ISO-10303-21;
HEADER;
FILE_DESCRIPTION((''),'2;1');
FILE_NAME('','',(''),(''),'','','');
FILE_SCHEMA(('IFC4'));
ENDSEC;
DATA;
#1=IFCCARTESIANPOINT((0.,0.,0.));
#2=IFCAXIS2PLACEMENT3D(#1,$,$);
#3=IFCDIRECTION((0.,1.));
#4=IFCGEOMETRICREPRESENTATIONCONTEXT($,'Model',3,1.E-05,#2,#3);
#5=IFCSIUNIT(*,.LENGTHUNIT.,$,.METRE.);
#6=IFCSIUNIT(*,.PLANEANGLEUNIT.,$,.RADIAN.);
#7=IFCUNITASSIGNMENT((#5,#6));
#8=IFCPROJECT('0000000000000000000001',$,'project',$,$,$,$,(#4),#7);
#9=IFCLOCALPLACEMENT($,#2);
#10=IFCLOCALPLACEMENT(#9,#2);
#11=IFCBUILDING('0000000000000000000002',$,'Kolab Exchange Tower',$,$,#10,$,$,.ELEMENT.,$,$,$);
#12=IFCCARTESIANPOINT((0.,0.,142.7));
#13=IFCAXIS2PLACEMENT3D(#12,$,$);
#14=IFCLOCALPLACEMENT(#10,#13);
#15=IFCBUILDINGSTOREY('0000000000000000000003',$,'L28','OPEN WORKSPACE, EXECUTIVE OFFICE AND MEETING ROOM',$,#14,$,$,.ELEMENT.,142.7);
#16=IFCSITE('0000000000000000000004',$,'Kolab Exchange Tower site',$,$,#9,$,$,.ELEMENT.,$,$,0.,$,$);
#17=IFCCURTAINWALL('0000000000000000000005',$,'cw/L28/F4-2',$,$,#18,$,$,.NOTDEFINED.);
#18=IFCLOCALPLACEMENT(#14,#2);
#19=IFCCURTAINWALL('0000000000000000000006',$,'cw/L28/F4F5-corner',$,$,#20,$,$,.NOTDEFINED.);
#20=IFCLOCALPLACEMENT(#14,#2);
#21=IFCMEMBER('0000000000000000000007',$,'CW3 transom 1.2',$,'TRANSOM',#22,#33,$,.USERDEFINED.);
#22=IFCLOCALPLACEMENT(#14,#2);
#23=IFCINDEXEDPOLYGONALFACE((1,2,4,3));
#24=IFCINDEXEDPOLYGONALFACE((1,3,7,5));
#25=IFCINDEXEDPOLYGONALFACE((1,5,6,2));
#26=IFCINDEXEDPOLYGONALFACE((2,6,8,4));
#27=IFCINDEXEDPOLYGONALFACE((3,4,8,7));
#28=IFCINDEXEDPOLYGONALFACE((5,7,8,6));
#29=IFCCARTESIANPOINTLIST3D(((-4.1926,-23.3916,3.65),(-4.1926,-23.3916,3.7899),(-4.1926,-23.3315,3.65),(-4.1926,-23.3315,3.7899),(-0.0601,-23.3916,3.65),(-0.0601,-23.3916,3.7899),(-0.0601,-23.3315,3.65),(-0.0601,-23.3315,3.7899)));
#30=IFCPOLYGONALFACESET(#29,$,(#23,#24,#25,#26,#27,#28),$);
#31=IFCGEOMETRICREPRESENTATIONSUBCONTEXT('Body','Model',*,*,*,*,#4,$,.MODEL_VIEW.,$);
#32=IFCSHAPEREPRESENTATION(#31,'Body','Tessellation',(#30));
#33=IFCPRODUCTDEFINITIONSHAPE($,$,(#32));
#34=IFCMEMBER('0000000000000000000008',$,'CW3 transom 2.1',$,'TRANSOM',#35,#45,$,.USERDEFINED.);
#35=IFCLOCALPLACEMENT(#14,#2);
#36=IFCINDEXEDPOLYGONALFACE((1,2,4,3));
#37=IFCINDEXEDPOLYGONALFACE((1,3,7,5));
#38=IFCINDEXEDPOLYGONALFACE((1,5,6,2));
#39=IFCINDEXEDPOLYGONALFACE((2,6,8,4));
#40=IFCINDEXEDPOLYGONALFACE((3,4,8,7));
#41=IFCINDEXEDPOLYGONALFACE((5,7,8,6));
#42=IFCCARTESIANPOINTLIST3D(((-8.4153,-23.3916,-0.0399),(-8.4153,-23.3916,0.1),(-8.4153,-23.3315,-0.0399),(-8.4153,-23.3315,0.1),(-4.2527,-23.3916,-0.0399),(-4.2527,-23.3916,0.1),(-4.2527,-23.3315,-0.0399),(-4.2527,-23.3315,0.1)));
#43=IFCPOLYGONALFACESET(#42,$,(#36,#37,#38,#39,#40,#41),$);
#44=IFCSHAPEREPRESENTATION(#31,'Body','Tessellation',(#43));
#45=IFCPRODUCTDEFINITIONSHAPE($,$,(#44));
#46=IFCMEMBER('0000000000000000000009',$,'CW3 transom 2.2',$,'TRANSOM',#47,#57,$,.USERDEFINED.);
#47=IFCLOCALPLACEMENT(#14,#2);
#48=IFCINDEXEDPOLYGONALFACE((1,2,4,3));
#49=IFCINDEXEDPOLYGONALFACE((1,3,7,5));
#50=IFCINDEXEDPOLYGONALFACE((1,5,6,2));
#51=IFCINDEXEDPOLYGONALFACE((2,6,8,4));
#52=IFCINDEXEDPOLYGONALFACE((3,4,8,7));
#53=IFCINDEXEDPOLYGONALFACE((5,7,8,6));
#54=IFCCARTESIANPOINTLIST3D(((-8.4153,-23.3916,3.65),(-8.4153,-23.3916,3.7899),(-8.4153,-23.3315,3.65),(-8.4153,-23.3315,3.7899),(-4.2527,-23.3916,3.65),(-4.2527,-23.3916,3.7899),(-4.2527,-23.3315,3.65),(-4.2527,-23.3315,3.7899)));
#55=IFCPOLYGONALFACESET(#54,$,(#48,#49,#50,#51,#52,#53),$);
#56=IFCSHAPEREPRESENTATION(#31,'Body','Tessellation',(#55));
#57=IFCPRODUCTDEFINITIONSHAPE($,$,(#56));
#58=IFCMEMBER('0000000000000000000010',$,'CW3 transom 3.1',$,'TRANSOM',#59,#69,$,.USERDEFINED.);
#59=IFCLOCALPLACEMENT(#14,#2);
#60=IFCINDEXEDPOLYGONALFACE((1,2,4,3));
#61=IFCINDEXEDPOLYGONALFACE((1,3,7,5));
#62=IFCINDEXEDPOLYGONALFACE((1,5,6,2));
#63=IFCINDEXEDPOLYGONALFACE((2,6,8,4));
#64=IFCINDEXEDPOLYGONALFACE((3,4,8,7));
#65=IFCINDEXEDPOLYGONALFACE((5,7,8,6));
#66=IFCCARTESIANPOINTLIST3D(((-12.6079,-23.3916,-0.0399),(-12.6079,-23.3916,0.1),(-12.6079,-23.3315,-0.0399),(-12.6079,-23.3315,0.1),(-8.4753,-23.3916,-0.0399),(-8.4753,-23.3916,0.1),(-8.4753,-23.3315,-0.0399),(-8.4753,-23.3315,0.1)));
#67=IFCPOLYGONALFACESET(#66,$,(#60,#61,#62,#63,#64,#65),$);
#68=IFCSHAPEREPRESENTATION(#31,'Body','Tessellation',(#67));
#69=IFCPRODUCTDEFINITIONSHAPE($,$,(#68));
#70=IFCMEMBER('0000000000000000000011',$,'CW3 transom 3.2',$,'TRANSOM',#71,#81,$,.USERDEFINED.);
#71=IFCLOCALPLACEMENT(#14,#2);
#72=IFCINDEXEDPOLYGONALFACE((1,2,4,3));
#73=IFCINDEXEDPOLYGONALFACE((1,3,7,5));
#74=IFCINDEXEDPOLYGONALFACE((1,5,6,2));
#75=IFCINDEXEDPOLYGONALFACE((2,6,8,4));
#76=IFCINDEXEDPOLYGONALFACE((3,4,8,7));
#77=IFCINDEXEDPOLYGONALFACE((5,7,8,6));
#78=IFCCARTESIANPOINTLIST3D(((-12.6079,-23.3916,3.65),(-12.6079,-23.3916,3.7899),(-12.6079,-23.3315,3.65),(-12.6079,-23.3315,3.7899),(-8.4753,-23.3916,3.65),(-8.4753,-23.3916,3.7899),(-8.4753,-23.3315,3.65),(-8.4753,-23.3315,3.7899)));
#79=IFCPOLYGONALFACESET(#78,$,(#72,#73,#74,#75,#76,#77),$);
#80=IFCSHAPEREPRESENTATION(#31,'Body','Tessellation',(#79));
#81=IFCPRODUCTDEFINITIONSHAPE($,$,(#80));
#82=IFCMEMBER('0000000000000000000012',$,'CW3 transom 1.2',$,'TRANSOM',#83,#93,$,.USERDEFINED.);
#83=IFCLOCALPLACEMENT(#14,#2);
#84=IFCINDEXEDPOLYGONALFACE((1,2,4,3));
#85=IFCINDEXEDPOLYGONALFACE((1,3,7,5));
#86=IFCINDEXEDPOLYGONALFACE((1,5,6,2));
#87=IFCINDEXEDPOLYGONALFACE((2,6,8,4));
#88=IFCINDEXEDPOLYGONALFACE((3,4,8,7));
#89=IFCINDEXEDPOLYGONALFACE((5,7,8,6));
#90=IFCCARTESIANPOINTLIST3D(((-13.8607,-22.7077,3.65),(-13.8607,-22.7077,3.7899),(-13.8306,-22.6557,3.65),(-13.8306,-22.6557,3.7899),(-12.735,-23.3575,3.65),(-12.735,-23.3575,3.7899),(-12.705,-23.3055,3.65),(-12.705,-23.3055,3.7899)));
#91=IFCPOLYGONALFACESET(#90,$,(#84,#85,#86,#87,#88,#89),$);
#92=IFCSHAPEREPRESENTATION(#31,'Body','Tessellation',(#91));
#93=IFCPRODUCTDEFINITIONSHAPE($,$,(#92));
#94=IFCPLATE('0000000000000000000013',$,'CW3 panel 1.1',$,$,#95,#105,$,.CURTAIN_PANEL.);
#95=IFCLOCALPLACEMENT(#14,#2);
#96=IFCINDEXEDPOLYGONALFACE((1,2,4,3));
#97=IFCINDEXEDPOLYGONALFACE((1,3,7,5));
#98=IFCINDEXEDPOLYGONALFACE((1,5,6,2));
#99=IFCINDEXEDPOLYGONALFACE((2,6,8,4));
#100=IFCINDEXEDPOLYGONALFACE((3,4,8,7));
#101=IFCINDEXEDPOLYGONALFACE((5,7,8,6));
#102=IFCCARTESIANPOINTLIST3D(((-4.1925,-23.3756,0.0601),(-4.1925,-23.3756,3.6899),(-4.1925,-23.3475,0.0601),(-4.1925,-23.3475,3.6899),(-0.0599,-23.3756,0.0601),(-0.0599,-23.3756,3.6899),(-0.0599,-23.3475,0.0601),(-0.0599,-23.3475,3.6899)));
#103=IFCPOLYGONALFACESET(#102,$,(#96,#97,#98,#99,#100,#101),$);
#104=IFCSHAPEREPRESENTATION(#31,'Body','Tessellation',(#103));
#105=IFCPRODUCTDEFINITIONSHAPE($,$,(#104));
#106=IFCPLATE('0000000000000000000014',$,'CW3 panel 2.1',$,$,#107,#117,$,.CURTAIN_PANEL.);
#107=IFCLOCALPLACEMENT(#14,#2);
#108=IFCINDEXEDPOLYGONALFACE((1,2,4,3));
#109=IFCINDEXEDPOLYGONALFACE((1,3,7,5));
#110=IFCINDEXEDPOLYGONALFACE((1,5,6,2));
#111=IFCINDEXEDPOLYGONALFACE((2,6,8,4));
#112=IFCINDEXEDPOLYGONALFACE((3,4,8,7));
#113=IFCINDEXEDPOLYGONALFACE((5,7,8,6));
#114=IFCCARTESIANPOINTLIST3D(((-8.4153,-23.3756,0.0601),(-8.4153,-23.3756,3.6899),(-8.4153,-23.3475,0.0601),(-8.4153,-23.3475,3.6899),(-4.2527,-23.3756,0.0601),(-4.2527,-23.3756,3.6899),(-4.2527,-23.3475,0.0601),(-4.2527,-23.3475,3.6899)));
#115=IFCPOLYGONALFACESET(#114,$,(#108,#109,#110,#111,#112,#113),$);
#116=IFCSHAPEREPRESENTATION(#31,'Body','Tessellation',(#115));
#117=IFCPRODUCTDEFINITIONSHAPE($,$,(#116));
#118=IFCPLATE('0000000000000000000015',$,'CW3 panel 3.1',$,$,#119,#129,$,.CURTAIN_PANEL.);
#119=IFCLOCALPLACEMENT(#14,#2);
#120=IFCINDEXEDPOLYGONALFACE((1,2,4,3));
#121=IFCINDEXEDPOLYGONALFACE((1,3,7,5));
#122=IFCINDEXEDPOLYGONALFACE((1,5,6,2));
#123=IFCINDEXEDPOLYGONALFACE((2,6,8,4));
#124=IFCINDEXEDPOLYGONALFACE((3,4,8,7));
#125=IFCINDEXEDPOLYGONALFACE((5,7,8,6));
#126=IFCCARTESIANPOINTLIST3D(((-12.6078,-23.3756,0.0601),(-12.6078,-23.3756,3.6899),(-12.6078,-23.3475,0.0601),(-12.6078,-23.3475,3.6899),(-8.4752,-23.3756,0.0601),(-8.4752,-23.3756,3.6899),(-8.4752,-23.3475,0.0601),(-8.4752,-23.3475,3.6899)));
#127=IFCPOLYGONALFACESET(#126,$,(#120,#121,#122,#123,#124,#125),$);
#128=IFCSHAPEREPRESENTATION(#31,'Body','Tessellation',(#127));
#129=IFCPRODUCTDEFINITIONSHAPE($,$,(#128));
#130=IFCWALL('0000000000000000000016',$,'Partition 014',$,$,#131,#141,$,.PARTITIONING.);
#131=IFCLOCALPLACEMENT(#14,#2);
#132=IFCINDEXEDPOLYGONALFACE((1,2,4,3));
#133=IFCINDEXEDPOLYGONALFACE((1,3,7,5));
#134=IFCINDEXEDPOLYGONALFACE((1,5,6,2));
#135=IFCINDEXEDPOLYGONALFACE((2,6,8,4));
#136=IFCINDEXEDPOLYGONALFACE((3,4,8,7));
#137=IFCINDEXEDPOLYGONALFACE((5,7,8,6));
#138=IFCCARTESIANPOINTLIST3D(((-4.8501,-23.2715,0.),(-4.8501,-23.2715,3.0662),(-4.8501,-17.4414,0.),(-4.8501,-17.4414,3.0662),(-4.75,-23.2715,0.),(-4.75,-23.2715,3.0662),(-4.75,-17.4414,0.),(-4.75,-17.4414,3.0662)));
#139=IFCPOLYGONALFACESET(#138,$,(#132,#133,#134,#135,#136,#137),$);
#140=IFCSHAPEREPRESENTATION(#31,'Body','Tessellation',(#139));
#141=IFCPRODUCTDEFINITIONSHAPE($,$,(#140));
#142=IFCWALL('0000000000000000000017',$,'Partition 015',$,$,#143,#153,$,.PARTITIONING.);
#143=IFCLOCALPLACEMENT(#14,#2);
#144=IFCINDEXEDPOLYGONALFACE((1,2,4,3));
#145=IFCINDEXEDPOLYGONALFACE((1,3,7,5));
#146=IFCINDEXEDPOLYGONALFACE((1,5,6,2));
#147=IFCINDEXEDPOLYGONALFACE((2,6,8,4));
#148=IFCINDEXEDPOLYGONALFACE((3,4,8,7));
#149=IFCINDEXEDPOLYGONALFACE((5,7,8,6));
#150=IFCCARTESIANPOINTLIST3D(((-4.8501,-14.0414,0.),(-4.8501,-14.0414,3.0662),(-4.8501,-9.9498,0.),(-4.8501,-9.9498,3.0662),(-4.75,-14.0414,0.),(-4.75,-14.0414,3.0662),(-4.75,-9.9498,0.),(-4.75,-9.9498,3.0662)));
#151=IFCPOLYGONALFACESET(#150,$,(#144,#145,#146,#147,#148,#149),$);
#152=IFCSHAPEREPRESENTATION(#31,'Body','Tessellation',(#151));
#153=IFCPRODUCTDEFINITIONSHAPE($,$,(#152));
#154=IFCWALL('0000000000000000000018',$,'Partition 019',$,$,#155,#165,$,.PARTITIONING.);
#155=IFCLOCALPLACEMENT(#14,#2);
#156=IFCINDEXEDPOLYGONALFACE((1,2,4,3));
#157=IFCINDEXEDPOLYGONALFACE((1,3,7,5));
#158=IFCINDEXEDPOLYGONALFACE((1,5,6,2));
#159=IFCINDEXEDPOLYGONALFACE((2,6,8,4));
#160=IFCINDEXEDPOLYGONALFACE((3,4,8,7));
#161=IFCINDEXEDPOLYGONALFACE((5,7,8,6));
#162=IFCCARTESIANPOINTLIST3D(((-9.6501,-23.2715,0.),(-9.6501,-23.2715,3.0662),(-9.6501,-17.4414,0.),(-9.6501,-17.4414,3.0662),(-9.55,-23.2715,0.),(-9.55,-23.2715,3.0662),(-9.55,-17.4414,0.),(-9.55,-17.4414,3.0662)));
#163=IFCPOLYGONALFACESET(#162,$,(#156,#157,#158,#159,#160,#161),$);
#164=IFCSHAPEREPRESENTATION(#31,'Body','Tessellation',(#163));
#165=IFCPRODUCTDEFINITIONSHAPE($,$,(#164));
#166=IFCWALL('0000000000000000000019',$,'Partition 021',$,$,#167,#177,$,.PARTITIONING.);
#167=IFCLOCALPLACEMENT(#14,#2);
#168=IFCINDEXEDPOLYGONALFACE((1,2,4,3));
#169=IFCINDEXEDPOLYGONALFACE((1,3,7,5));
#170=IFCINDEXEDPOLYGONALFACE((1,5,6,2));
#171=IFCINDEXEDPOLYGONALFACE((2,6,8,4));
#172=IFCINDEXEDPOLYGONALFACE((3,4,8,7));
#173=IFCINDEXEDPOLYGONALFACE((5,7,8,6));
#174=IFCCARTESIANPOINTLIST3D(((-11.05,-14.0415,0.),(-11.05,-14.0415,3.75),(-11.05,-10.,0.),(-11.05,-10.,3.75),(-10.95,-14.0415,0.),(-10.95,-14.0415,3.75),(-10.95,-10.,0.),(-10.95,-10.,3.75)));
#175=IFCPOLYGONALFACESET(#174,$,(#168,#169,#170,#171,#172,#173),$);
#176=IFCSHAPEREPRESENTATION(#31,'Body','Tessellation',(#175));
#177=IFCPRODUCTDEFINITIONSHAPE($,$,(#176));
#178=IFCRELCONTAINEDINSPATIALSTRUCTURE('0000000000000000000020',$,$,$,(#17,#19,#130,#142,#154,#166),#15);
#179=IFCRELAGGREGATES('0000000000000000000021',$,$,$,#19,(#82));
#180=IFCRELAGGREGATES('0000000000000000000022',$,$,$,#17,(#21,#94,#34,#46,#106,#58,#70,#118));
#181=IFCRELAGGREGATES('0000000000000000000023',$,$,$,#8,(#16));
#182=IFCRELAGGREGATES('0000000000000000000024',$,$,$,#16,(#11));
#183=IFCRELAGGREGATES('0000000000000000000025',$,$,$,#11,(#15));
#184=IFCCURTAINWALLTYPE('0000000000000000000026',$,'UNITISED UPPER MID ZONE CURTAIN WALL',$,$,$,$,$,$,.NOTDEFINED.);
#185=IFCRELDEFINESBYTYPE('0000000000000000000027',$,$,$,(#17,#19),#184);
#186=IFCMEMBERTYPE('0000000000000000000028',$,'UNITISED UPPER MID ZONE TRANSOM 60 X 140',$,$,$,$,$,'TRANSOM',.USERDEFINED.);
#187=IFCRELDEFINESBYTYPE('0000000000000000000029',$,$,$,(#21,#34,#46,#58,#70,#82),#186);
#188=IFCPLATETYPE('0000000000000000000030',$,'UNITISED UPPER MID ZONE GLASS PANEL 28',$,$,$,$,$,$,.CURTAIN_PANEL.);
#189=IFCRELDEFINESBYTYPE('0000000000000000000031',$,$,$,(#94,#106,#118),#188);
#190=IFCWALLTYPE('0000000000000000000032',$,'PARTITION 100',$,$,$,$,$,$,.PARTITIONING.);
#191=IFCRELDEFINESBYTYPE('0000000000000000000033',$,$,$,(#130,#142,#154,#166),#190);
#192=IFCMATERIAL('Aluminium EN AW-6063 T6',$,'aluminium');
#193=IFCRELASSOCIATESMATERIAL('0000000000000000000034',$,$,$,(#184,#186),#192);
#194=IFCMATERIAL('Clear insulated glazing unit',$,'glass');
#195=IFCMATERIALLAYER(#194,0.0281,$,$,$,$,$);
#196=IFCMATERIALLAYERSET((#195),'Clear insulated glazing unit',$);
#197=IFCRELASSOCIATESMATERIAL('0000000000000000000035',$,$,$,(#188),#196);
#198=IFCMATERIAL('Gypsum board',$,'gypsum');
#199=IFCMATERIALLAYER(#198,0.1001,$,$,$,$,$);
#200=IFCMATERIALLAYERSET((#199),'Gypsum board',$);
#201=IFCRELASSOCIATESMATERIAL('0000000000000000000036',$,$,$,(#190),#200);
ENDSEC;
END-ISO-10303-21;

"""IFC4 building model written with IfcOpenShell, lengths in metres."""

from ifc_helpers import new_model, si_unit, direction, frame, frame_2d, origin, origin_2d, place, context, subcontext, project, spatial, rectangle, extrude, material, layer, layer_set, material_profile, profile_set, type_object, element, aggregate, save


model = new_model("IFC4")

# Units and contexts
model_context = context("Model", 3, precision=1e-05, world=origin(), true_north=direction((0.0, 1.0)))
body_context = subcontext(model_context, "Body", "Model", "MODEL_VIEW")
ifc_project = project(units=[si_unit("LENGTHUNIT", "METRE"), si_unit("PLANEANGLEUNIT", "RADIAN")], contexts=[model_context])

# Site, building, storey
site_placement = place(None, origin())
site = spatial("IfcSite", under=ifc_project, at=site_placement, Name="Kolab Exchange Tower site", CompositionType="ELEMENT", RefElevation=0.0)
building_placement = place(site_placement, origin())
building = spatial("IfcBuilding", under=site, at=building_placement, Name="Kolab Exchange Tower", CompositionType="ELEMENT")
storey_placement = place(building_placement, frame((0.0, 0.0, 142.7)))
storey = spatial("IfcBuildingStorey", under=building, at=storey_placement, Name="L28", Description="OPEN WORKSPACE, EXECUTIVE OFFICE AND MEETING ROOM", CompositionType="ELEMENT", Elevation=142.7)

# Curtain wall
ifc_material_1 = material(Name="Aluminium EN AW-6063 T6", Category="aluminium")
curtain_wall_type = type_object("IfcCurtainWallType", Name="UNITISED UPPER MID ZONE CURTAIN WALL", PredefinedType="NOTDEFINED", material=ifc_material_1)
curtain_wall_1_placement = place(storey_placement, origin())
curtain_wall_1 = element("IfcCurtainWall", 1, at=curtain_wall_1_placement, inside=storey, type_object=curtain_wall_type, Name="cw/L28/F4-2", PredefinedType="NOTDEFINED")

# Curtain wall
curtain_wall_2_placement = place(storey_placement, origin())
curtain_wall_2 = element("IfcCurtainWall", 2, at=curtain_wall_2_placement, inside=storey, type_object=curtain_wall_type, Name="cw/L28/F4F5-corner", PredefinedType="NOTDEFINED")

# Members
ifc_material_profile_1 = material_profile(ifc_material_1, rectangle(XDim=0.0601, YDim=0.1399, at=origin_2d()), Name="RECT 60X140")
ifc_profile_set_1 = profile_set([ifc_material_profile_1], Name="Aluminium EN AW-6063 T6")
member_type_1 = type_object("IfcMemberType", Name="UNITISED UPPER MID ZONE TRANSOM 60 X 140", ElementType="TRANSOM", PredefinedType="USERDEFINED", material=ifc_profile_set_1)
member_1_placement = place(storey_placement, frame((-0.0601, -23.3616, 3.72), z_axis=(-1.0, 0.0, 0.0), x_axis=(0.0, -1.0, 0.0)))
member_1 = element("IfcMember", 3, at=member_1_placement, type_object=member_type_1, Name="CW3 transom 1.2", ObjectType="TRANSOM", PredefinedType="USERDEFINED", context=body_context, shape_type="SweptSolid", body=[
    extrude(rectangle(XDim=0.0601, YDim=0.1399, at=origin_2d()), origin(), (0.0, 0.0, 1.0), 4.1326),
])
member_2_placement = place(storey_placement, frame((-4.2527, -23.3616, 0.03), z_axis=(-1.0, 0.0, 0.0), x_axis=(0.0, -1.0, 0.0)))
member_2 = element("IfcMember", 4, at=member_2_placement, type_object=member_type_1, Name="CW3 transom 2.1", ObjectType="TRANSOM", PredefinedType="USERDEFINED", context=body_context, shape_type="SweptSolid", body=[
    extrude(rectangle(XDim=0.0601, YDim=0.1399, at=origin_2d()), origin(), (0.0, 0.0, 1.0), 4.1626),
])
member_3_placement = place(storey_placement, frame((-4.2527, -23.3616, 3.72), z_axis=(-1.0, 0.0, 0.0), x_axis=(0.0, -1.0, 0.0)))
member_3 = element("IfcMember", 5, at=member_3_placement, type_object=member_type_1, Name="CW3 transom 2.2", ObjectType="TRANSOM", PredefinedType="USERDEFINED", context=body_context, shape_type="SweptSolid", body=[
    extrude(rectangle(XDim=0.0601, YDim=0.1399, at=origin_2d()), origin(), (0.0, 0.0, 1.0), 4.1626),
])
member_4_placement = place(storey_placement, frame((-8.4753, -23.3616, 0.03), z_axis=(-1.0, 0.0, 0.0), x_axis=(0.0, -1.0, 0.0)))
member_4 = element("IfcMember", 6, at=member_4_placement, type_object=member_type_1, Name="CW3 transom 3.1", ObjectType="TRANSOM", PredefinedType="USERDEFINED", context=body_context, shape_type="SweptSolid", body=[
    extrude(rectangle(XDim=0.0601, YDim=0.1399, at=origin_2d()), origin(), (0.0, 0.0, 1.0), 4.1326),
])
member_5_placement = place(storey_placement, frame((-8.4753, -23.3616, 3.72), z_axis=(-1.0, 0.0, 0.0), x_axis=(0.0, -1.0, 0.0)))
member_5 = element("IfcMember", 7, at=member_5_placement, type_object=member_type_1, Name="CW3 transom 3.2", ObjectType="TRANSOM", PredefinedType="USERDEFINED", context=body_context, shape_type="SweptSolid", body=[
    extrude(rectangle(XDim=0.0601, YDim=0.1399, at=origin_2d()), origin(), (0.0, 0.0, 1.0), 4.1326),
])
member_6_placement = place(storey_placement, frame((-12.72, -23.3315, 3.72), z_axis=(-0.866039, 0.499977, 0.0), x_axis=(-0.499977, -0.866039, 0.0)))
member_6 = element("IfcMember", 8, at=member_6_placement, type_object=member_type_1, Name="CW3 transom 1.2", ObjectType="TRANSOM", PredefinedType="USERDEFINED", context=body_context, shape_type="SweptSolid", body=[
    extrude(rectangle(XDim=0.0601, YDim=0.1399, at=origin_2d()), origin(), (0.0, 0.0, 1.0), 1.2998),
])
aggregate(curtain_wall_2, [member_6])

# Plates
ifc_material_2 = material(Name="Clear insulated glazing unit", Category="glass")
ifc_layer_1 = layer(ifc_material_2, 0.0281)
ifc_layer_set_1 = layer_set([ifc_layer_1], Name="Clear insulated glazing unit")
plate_type = type_object("IfcPlateType", Name="UNITISED UPPER MID ZONE GLASS PANEL 28", PredefinedType="CURTAIN_PANEL", material=ifc_layer_set_1)
plate_1_placement = place(storey_placement, frame((-2.1262, -23.3616, 0.0601), z_axis=(0.0, 0.0, 1.0), x_axis=(-1.0, 0.0, 0.0)))
plate_1 = element("IfcPlate", 9, at=plate_1_placement, type_object=plate_type, Name="CW3 panel 1.1", PredefinedType="CURTAIN_PANEL", context=body_context, shape_type="SweptSolid", body=[
    extrude(rectangle(XDim=4.1326, YDim=0.0281, at=origin_2d()), origin(), (0.0, 0.0, 1.0), 3.6299),
])
plate_2_placement = place(storey_placement, frame((-6.334, -23.3616, 0.0601), z_axis=(0.0, 0.0, 1.0), x_axis=(-1.0, 0.0, 0.0)))
plate_2 = element("IfcPlate", 10, at=plate_2_placement, type_object=plate_type, Name="CW3 panel 2.1", PredefinedType="CURTAIN_PANEL", context=body_context, shape_type="SweptSolid", body=[
    extrude(rectangle(XDim=4.1626, YDim=0.0281, at=origin_2d()), origin(), (0.0, 0.0, 1.0), 3.6299),
])
plate_3_placement = place(storey_placement, frame((-10.5415, -23.3616, 0.0601), z_axis=(0.0, 0.0, 1.0), x_axis=(-1.0, 0.0, 0.0)))
plate_3 = element("IfcPlate", 11, at=plate_3_placement, type_object=plate_type, Name="CW3 panel 3.1", PredefinedType="CURTAIN_PANEL", context=body_context, shape_type="SweptSolid", body=[
    extrude(rectangle(XDim=4.1326, YDim=0.0281, at=origin_2d()), origin(), (0.0, 0.0, 1.0), 3.6299),
])
aggregate(curtain_wall_1, [member_1, plate_1, member_2, member_3, plate_2, member_4, member_5, plate_3])

# Walls
ifc_material_3 = material(Name="Gypsum board", Category="gypsum")
ifc_layer_2 = layer(ifc_material_3, 0.1001)
ifc_layer_set_2 = layer_set([ifc_layer_2], Name="Gypsum board")
wall_type = type_object("IfcWallType", Name="PARTITION 100", PredefinedType="PARTITIONING", material=ifc_layer_set_2)
wall_1_placement = place(storey_placement, frame((-4.8, -23.2715, 0.0), z_axis=(0.0, 0.0, 1.0), x_axis=(0.0, 1.0, 0.0)))
element("IfcWall", 12, at=wall_1_placement, inside=storey, type_object=wall_type, Name="Partition 014", PredefinedType="PARTITIONING", context=body_context, shape_type="SweptSolid", body=[
    extrude(rectangle(XDim=5.8301, YDim=0.1001, at=frame_2d((2.915, 0.0))), origin(), (0.0, 0.0, 1.0), 3.0662),
])
wall_2_placement = place(storey_placement, frame((-4.8, -14.0415, 0.0), z_axis=(0.0, 0.0, 1.0), x_axis=(0.0, 1.0, 0.0)))
element("IfcWall", 13, at=wall_2_placement, inside=storey, type_object=wall_type, Name="Partition 015", PredefinedType="PARTITIONING", context=body_context, shape_type="SweptSolid", body=[
    extrude(rectangle(XDim=4.0916, YDim=0.1001, at=frame_2d((2.0459, 0.0))), origin(), (0.0, 0.0, 1.0), 3.0662),
])
wall_3_placement = place(storey_placement, frame((-9.6001, -23.2715, 0.0), z_axis=(0.0, 0.0, 1.0), x_axis=(0.0, 1.0, 0.0)))
element("IfcWall", 14, at=wall_3_placement, inside=storey, type_object=wall_type, Name="Partition 019", PredefinedType="PARTITIONING", context=body_context, shape_type="SweptSolid", body=[
    extrude(rectangle(XDim=5.8301, YDim=0.1001, at=frame_2d((2.915, 0.0))), origin(), (0.0, 0.0, 1.0), 3.0662),
])
wall_4_placement = place(storey_placement, frame((-11.0, -14.0415, 0.0), z_axis=(0.0, 0.0, 1.0), x_axis=(0.0, 1.0, 0.0)))
element("IfcWall", 15, at=wall_4_placement, inside=storey, type_object=wall_type, Name="Partition 021", PredefinedType="PARTITIONING", context=body_context, shape_type="SweptSolid", body=[
    extrude(rectangle(XDim=4.0415, YDim=0.1001, at=frame_2d((2.0208, 0.0))), origin(), (0.0, 0.0, 1.0), 3.75),
])

save(model, "model.ifc")
